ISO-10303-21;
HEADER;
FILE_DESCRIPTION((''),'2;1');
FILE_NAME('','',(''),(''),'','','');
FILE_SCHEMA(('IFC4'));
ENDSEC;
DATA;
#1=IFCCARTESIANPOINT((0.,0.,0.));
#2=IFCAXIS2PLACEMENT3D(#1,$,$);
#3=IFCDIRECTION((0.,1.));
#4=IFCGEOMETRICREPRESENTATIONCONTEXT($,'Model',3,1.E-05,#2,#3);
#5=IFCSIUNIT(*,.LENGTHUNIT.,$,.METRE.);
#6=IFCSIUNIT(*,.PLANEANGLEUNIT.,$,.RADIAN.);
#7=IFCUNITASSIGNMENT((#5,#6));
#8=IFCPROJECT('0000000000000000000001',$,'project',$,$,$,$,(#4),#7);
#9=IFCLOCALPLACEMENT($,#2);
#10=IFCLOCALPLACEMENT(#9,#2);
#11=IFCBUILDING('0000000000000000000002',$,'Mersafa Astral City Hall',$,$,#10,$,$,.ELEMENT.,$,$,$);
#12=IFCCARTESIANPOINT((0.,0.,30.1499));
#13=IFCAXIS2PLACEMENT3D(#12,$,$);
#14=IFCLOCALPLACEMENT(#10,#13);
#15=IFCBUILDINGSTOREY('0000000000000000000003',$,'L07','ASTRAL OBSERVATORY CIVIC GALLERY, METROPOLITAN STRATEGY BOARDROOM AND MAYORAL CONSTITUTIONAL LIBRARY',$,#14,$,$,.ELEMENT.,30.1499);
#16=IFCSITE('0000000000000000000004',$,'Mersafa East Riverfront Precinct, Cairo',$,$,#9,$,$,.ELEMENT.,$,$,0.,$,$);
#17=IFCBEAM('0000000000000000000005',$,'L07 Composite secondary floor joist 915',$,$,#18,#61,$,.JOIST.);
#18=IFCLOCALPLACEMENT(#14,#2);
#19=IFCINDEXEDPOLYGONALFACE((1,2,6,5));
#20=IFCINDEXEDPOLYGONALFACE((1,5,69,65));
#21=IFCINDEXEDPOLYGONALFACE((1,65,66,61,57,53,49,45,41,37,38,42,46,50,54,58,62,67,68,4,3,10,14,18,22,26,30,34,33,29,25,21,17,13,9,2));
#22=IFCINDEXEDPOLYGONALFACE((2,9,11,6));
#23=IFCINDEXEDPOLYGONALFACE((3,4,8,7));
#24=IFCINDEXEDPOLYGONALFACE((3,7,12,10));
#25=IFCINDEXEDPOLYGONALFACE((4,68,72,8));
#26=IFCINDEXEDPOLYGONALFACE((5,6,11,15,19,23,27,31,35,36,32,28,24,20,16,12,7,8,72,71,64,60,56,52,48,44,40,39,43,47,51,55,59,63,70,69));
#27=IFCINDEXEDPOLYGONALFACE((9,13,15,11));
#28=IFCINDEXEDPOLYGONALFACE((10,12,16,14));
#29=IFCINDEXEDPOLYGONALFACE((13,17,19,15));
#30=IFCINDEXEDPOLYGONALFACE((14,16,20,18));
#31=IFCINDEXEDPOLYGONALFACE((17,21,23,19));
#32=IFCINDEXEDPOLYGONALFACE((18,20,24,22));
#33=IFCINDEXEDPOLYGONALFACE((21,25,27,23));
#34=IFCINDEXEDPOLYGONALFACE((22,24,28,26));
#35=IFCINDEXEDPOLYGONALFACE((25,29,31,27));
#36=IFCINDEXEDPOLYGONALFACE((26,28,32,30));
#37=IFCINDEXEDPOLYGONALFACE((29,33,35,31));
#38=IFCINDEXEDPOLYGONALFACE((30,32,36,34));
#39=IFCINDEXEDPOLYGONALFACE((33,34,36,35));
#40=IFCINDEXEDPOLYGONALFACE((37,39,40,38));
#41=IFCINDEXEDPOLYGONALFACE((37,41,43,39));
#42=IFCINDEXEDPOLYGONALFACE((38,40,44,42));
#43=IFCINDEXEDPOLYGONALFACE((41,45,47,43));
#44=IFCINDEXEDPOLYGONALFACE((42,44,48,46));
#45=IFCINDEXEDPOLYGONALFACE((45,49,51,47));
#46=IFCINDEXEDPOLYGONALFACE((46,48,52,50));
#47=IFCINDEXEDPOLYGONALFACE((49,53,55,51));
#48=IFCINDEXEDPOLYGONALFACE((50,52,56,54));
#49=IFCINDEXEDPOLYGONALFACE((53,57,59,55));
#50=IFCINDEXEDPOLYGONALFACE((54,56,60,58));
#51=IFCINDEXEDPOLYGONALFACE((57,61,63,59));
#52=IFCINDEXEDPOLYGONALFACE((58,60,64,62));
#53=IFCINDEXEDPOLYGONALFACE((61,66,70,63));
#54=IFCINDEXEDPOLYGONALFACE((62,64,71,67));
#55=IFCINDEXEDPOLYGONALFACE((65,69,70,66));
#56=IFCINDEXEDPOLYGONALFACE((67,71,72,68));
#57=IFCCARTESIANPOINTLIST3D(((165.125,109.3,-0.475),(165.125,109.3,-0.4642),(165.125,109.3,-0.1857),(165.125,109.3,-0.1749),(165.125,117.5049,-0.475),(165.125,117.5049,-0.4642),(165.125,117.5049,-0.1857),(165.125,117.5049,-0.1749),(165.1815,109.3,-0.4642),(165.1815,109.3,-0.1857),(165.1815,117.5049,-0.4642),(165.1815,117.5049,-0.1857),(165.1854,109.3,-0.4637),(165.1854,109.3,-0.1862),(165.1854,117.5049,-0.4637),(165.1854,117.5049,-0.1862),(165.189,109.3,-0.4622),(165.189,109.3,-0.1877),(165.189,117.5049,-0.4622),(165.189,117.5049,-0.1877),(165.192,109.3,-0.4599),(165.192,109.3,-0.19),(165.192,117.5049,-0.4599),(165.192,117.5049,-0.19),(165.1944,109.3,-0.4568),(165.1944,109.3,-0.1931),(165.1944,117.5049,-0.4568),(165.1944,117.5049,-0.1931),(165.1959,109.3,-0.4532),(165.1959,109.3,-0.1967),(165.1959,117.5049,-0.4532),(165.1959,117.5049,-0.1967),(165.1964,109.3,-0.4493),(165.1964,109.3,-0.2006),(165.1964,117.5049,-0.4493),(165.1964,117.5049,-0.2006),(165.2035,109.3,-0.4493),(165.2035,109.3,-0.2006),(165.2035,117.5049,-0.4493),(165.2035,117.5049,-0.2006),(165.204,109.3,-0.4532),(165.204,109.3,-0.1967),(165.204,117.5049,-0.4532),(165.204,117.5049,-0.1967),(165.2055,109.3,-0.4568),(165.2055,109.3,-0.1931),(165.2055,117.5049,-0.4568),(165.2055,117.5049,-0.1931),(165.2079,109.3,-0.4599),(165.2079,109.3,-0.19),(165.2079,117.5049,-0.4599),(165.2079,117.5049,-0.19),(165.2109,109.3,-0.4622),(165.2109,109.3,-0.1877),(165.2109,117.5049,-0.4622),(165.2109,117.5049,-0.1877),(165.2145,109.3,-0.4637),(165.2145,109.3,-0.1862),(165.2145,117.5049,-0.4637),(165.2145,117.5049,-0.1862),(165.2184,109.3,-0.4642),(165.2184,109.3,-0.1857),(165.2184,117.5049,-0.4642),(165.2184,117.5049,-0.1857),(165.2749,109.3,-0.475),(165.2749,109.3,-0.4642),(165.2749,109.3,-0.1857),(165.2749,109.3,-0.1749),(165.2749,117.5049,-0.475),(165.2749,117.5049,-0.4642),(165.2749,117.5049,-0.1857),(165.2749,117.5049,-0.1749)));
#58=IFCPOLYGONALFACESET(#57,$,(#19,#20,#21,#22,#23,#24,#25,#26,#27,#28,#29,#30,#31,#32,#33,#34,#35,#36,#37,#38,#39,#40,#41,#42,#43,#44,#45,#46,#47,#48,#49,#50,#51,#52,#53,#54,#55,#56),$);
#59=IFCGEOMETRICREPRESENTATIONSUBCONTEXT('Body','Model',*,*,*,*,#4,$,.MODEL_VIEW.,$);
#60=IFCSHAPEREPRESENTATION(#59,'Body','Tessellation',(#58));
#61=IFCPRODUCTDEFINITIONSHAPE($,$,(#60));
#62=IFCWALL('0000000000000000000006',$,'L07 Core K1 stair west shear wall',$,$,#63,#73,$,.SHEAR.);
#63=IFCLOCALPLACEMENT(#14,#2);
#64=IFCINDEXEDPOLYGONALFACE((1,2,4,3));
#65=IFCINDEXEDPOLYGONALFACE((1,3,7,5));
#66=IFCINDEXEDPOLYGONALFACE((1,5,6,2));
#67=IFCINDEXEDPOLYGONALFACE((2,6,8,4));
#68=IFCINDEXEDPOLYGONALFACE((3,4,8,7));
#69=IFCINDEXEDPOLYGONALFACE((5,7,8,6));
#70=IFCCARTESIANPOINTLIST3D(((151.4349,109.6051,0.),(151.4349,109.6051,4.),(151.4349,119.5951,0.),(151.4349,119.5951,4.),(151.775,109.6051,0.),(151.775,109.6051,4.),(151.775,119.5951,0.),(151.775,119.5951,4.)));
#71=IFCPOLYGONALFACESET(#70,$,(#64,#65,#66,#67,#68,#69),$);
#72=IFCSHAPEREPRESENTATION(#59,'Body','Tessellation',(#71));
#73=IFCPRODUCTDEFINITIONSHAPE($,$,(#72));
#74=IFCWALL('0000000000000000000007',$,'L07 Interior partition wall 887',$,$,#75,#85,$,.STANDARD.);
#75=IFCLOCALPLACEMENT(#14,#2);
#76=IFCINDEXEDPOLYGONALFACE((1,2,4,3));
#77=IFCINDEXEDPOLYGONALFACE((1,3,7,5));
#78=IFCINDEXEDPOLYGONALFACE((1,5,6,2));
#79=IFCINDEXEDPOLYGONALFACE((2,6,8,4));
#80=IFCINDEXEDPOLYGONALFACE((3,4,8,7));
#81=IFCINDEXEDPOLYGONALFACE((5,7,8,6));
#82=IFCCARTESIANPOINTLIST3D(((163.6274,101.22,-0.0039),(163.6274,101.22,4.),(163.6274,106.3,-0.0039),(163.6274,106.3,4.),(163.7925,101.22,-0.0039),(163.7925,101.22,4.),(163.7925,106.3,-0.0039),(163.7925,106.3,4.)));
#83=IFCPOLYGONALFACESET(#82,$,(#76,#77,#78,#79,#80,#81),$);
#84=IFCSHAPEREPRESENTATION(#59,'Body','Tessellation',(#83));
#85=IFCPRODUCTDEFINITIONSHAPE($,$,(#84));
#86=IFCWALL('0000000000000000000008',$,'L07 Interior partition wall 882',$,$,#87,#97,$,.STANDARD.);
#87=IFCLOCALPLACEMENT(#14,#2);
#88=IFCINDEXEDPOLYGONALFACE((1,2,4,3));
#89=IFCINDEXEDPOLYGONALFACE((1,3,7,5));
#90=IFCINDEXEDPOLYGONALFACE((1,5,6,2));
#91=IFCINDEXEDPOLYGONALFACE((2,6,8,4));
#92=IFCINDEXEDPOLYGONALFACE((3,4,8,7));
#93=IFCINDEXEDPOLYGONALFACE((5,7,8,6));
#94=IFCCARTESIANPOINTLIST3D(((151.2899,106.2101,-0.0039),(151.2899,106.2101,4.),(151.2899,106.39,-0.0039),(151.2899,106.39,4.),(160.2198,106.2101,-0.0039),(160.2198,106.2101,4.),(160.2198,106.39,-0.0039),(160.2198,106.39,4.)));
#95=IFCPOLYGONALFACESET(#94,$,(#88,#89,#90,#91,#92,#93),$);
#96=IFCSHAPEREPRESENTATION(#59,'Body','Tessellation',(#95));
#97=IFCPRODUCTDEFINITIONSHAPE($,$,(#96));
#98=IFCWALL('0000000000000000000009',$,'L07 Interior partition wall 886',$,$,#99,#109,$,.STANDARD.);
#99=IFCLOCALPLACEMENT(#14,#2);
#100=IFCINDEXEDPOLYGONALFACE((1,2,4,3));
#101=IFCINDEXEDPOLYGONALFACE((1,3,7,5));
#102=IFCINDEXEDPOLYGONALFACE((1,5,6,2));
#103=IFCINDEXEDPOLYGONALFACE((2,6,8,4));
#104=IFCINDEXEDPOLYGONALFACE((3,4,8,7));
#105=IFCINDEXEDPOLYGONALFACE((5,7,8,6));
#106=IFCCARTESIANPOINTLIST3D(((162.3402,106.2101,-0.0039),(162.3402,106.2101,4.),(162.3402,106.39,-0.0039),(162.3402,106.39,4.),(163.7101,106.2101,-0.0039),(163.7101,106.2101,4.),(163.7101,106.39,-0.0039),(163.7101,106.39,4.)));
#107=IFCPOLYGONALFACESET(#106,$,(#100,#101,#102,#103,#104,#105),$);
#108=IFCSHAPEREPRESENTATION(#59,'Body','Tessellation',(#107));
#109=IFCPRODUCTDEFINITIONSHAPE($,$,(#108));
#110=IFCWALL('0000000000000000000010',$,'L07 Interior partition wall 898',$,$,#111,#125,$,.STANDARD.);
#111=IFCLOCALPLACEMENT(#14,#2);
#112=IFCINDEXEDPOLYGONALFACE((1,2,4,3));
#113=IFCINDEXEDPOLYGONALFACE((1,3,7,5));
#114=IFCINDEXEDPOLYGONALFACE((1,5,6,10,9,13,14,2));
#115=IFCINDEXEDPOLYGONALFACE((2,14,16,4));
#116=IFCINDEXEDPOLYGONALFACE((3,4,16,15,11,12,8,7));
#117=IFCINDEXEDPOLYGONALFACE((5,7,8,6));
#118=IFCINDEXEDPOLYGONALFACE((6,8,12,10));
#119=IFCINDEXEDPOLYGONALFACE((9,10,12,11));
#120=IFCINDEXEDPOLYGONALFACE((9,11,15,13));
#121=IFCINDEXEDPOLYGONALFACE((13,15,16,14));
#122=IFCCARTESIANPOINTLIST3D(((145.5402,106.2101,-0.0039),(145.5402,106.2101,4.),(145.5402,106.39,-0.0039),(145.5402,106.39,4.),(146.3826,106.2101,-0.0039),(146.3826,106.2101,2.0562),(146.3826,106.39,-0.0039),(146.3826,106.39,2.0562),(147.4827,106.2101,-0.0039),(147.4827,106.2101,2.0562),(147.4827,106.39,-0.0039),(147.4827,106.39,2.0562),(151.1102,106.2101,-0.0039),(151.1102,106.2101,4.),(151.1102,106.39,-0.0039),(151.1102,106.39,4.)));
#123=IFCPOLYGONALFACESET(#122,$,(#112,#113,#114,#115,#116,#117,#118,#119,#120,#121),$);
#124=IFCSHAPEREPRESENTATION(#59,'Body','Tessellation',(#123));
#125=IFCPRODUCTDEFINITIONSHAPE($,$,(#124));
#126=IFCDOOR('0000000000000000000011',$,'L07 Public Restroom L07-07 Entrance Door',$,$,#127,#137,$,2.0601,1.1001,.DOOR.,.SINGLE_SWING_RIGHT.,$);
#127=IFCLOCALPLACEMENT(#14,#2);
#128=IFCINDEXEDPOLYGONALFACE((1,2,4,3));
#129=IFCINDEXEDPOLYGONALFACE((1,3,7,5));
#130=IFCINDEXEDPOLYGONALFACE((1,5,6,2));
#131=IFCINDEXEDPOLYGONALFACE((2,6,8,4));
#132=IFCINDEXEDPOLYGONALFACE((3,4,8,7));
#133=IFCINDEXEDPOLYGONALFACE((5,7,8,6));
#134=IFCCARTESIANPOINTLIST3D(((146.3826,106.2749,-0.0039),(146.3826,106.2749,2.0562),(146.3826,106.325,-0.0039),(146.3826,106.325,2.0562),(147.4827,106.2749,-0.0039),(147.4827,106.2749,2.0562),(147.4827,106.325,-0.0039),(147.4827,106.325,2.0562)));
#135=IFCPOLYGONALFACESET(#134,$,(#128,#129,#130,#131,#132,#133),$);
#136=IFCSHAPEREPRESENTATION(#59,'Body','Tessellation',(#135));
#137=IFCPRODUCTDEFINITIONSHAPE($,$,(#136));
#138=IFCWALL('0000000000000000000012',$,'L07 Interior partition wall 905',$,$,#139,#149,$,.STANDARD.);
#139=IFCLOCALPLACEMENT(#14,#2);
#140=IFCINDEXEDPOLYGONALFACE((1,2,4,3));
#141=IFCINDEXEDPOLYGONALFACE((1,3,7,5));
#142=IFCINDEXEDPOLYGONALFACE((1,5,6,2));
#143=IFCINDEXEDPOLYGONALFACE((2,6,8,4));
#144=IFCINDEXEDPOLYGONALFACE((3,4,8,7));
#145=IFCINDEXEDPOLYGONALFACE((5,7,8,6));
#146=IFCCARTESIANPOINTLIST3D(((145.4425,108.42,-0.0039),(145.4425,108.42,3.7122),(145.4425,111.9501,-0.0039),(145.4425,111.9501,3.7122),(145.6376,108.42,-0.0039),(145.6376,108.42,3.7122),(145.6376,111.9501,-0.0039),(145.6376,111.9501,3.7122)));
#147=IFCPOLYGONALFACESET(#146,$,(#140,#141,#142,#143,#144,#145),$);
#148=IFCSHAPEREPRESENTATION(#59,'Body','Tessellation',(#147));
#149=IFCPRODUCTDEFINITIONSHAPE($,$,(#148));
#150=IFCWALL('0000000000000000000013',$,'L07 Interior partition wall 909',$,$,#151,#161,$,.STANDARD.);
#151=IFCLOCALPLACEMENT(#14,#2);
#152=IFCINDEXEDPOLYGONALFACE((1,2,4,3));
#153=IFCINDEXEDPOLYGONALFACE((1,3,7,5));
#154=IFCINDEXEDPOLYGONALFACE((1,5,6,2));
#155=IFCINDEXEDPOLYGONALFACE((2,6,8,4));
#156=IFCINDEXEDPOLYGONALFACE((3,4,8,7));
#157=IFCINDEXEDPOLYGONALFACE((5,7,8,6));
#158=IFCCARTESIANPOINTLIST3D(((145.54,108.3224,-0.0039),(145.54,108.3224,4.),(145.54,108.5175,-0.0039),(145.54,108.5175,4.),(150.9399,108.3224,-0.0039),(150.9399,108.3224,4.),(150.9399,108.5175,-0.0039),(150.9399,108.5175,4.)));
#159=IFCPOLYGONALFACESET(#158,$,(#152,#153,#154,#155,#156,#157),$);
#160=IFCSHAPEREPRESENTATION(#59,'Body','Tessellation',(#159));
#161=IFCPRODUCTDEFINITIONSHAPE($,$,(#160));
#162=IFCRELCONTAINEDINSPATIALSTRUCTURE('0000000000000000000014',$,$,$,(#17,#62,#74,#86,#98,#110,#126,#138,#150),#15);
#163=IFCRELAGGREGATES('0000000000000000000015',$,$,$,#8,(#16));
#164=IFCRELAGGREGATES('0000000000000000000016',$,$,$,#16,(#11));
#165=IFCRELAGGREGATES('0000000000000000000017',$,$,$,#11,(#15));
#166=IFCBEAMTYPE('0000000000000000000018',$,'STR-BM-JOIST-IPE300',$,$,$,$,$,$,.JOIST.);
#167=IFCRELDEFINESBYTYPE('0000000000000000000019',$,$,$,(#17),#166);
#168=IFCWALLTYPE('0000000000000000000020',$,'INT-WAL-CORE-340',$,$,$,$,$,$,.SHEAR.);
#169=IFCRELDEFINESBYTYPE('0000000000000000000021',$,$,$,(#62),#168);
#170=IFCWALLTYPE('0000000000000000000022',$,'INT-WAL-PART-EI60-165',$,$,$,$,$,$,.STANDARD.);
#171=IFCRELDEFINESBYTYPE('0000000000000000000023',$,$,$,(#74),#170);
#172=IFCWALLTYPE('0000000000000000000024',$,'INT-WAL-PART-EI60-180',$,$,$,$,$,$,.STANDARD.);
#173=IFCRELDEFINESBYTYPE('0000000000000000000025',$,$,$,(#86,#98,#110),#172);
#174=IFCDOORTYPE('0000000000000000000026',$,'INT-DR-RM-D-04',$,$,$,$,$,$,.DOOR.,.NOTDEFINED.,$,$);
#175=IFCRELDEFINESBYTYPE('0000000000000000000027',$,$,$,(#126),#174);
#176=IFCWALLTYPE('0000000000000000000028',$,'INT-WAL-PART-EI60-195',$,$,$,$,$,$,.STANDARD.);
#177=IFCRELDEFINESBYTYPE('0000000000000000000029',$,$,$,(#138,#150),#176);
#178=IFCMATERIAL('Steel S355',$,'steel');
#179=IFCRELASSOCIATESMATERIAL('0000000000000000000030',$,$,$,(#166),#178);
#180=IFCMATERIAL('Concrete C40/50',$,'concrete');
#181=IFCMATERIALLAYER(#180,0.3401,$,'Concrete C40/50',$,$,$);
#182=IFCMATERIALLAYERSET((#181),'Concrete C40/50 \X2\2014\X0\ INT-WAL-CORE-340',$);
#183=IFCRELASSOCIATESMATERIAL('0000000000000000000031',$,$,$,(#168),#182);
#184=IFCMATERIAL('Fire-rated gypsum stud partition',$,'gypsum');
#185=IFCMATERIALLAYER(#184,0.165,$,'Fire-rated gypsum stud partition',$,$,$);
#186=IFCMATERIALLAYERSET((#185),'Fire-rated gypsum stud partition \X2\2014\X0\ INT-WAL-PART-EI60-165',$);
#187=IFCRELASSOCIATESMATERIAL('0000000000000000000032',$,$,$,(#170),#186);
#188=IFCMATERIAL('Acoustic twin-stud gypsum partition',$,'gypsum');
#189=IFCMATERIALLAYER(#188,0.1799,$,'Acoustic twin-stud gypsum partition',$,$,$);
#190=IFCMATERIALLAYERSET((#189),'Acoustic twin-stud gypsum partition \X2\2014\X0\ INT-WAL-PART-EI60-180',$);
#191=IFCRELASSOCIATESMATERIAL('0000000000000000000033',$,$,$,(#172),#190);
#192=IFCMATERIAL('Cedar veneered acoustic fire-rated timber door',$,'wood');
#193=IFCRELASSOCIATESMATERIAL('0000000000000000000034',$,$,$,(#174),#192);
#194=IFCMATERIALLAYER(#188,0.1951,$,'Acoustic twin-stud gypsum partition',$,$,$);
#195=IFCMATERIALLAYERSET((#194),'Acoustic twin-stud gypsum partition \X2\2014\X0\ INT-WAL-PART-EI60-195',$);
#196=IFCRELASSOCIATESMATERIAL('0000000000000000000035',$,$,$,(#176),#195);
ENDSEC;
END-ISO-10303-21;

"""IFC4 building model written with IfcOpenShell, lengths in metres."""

from ifc_helpers import new_model, si_unit, direction, frame, frame_2d, origin, origin_2d, place, context, subcontext, project, spatial, rectangle, i_section, extrude, material, layer, layer_set, material_profile, profile_set, type_object, element, fill, save


model = new_model("IFC4")

# Units and contexts
model_context = context("Model", 3, precision=1e-05, world=origin(), true_north=direction((0.0, 1.0)))
body_context = subcontext(model_context, "Body", "Model", "MODEL_VIEW")
ifc_project = project(units=[si_unit("LENGTHUNIT", "METRE"), si_unit("PLANEANGLEUNIT", "RADIAN")], contexts=[model_context])

# Site, building, storey
site_placement = place(None, origin())
site = spatial("IfcSite", under=ifc_project, at=site_placement, Name="Mersafa East Riverfront Precinct, Cairo", CompositionType="ELEMENT", RefElevation=0.0)
building_placement = place(site_placement, origin())
building = spatial("IfcBuilding", under=site, at=building_placement, Name="Mersafa Astral City Hall", CompositionType="ELEMENT")
storey_placement = place(building_placement, frame((0.0, 0.0, 30.1499)))
storey = spatial("IfcBuildingStorey", under=building, at=storey_placement, Name="L07", Description="ASTRAL OBSERVATORY CIVIC GALLERY, METROPOLITAN STRATEGY BOARDROOM AND MAYORAL CONSTITUTIONAL LIBRARY", CompositionType="ELEMENT", Elevation=30.1499)

# Shared definitions
ifc_material_1 = material(Name="Steel S355", Category="steel")

# Beam
ifc_material_profile_1 = material_profile(ifc_material_1, i_section(OverallWidth=0.1499, OverallDepth=0.3, WebThickness=0.0071, FlangeThickness=0.0107, FilletRadius=0.0149, at=origin_2d()), Name="IPE 300")
ifc_profile_set_1 = profile_set([ifc_material_profile_1], Name="Steel S355")
beam_type_1 = type_object("IfcBeamType", Name="STR-BM-JOIST-IPE300", PredefinedType="JOIST", material=ifc_profile_set_1)
for number, where, z_axis, x_axis, name in (
    (1, (165.2, 109.3, -0.325), (0.0, 1.0, 0.0), (-1.0, 0.0, 0.0), "L07 Composite secondary floor joist 915"),
):
    element("IfcBeam", number, at=place(storey_placement, frame(where, z_axis=z_axis, x_axis=x_axis)), inside=storey, type_object=beam_type_1, Name=name, PredefinedType="JOIST", context=body_context, shape_type="SweptSolid", body=[
        extrude(i_section(OverallWidth=0.1499, OverallDepth=0.3, WebThickness=0.0071, FlangeThickness=0.0107, FilletRadius=0.0149, at=origin_2d()), origin(), (0.0, 0.0, 1.0), 8.2048),
    ])

# Walls
ifc_material_2 = material(Name="Concrete C40/50", Category="concrete")
ifc_layer_1 = layer(ifc_material_2, 0.3401, Name="Concrete C40/50")
ifc_layer_set_1 = layer_set([ifc_layer_1], Name="Concrete C40/50 — INT-WAL-CORE-340")
wall_type_1 = type_object("IfcWallType", Name="INT-WAL-CORE-340", PredefinedType="SHEAR", material=ifc_layer_set_1)
wall_1_placement = place(storey_placement, frame((151.605, 109.605, 0.0), z_axis=(0.0, 0.0, 1.0), x_axis=(0.0, 1.0, 0.0)))
element("IfcWall", 2, at=wall_1_placement, inside=storey, type_object=wall_type_1, Name="L07 Core K1 stair west shear wall", PredefinedType="SHEAR", context=body_context, shape_type="SweptSolid", body=[
    extrude(rectangle(XDim=9.99, YDim=0.3401, at=frame_2d((4.9951, 0.0))), origin(), (0.0, 0.0, 1.0), 4.0),
])
ifc_material_3 = material(Name="Fire-rated gypsum stud partition", Category="gypsum")
ifc_layer_2 = layer(ifc_material_3, 0.165, Name="Fire-rated gypsum stud partition")
ifc_layer_set_2 = layer_set([ifc_layer_2], Name="Fire-rated gypsum stud partition — INT-WAL-PART-EI60-165")
wall_type_2 = type_object("IfcWallType", Name="INT-WAL-PART-EI60-165", PredefinedType="STANDARD", material=ifc_layer_set_2)
wall_2_placement = place(storey_placement, frame((163.71, 106.3, -0.0039), z_axis=(0.0, 0.0, 1.0), x_axis=(0.0, -1.0, 0.0)))
element("IfcWall", 3, at=wall_2_placement, inside=storey, type_object=wall_type_2, Name="L07 Interior partition wall 887", PredefinedType="STANDARD", context=body_context, shape_type="SweptSolid", body=[
    extrude(rectangle(XDim=5.0801, YDim=0.165, at=frame_2d((2.54, 0.0))), origin(), (0.0, 0.0, 1.0), 4.0039),
])
ifc_material_4 = material(Name="Acoustic twin-stud gypsum partition", Category="gypsum")
ifc_layer_3 = layer(ifc_material_4, 0.1799, Name="Acoustic twin-stud gypsum partition")
ifc_layer_set_3 = layer_set([ifc_layer_3], Name="Acoustic twin-stud gypsum partition — INT-WAL-PART-EI60-180")
wall_type_3 = type_object("IfcWallType", Name="INT-WAL-PART-EI60-180", PredefinedType="STANDARD", material=ifc_layer_set_3)
wall_3_placement = place(storey_placement, frame((151.29, 106.3, -0.0039), z_axis=(0.0, 0.0, 1.0), x_axis=(1.0, 0.0, 0.0)))
element("IfcWall", 4, at=wall_3_placement, inside=storey, type_object=wall_type_3, Name="L07 Interior partition wall 882", PredefinedType="STANDARD", context=body_context, shape_type="SweptSolid", body=[
    extrude(rectangle(XDim=8.9299, YDim=0.1799, at=frame_2d((4.4648, 0.0))), origin(), (0.0, 0.0, 1.0), 4.0039),
])
wall_4_placement = place(storey_placement, frame((162.3401, 106.3, -0.0039), z_axis=(0.0, 0.0, 1.0), x_axis=(1.0, 0.0, 0.0)))
element("IfcWall", 5, at=wall_4_placement, inside=storey, type_object=wall_type_3, Name="L07 Interior partition wall 886", PredefinedType="STANDARD", context=body_context, shape_type="SweptSolid", body=[
    extrude(rectangle(XDim=1.3699, YDim=0.1799, at=frame_2d((0.6851, 0.0))), origin(), (0.0, 0.0, 1.0), 4.0039),
])

# Wall, opening, door
wall_5_placement = place(storey_placement, frame((145.54, 106.3, -0.0039), z_axis=(0.0, 0.0, 1.0), x_axis=(1.0, 0.0, 0.0)))
wall_5 = element("IfcWall", 6, at=wall_5_placement, inside=storey, type_object=wall_type_3, Name="L07 Interior partition wall 898", PredefinedType="STANDARD", context=body_context, shape_type="SweptSolid", body=[
    extrude(rectangle(XDim=5.5701, YDim=0.1799, at=frame_2d((2.7852, 0.0))), origin(), (0.0, 0.0, 1.0), 4.0039),
])
opening_1_placement = place(wall_5_placement, frame((0.8425, 0.0, 0.0)))
opening_1 = element("IfcOpeningElement", 7, at=opening_1_placement, cuts=wall_5, PredefinedType="OPENING", context=body_context, shape_type="SweptSolid", body=[
    extrude(rectangle(XDim=1.1001, YDim=2.0601, at=frame_2d((0.55, 1.03))), frame((0.0, 0.0999, 0.0), z_axis=(0.0, -1.0, 0.0), x_axis=(1.0, 0.0, 0.0)), (0.0, 0.0, 1.0), 0.2),
])
ifc_material_5 = material(Name="Cedar veneered acoustic fire-rated timber door", Category="wood")
door_type_1 = type_object("IfcDoorType", Name="INT-DR-RM-D-04", OperationType="NOTDEFINED", PredefinedType="DOOR", material=ifc_material_5)
door_1_placement = place(opening_1_placement, origin())
door_1 = element("IfcDoor", 8, at=door_1_placement, inside=storey, type_object=door_type_1, Name="L07 Public Restroom L07-07 Entrance Door", OperationType="SINGLE_SWING_RIGHT", OverallHeight=2.0601, OverallWidth=1.1001, PredefinedType="DOOR", context=body_context, shape_type="SweptSolid", body=[
    extrude(rectangle(XDim=1.1001, YDim=2.0601, at=frame_2d((0.55, 1.03))), frame((0.0, 0.0249, 0.0), z_axis=(0.0, -1.0, 0.0), x_axis=(1.0, 0.0, 0.0)), (0.0, 0.0, 1.0), 0.05),
])
fill(opening_1, door_1)

# Walls
ifc_layer_4 = layer(ifc_material_4, 0.1951, Name="Acoustic twin-stud gypsum partition")
ifc_layer_set_4 = layer_set([ifc_layer_4], Name="Acoustic twin-stud gypsum partition — INT-WAL-PART-EI60-195")
wall_type_4 = type_object("IfcWallType", Name="INT-WAL-PART-EI60-195", PredefinedType="STANDARD", material=ifc_layer_set_4)
wall_6_placement = place(storey_placement, frame((145.54, 108.4199, -0.0039), z_axis=(0.0, 0.0, 1.0), x_axis=(0.0, 1.0, 0.0)))
element("IfcWall", 9, at=wall_6_placement, inside=storey, type_object=wall_type_4, Name="L07 Interior partition wall 905", PredefinedType="STANDARD", context=body_context, shape_type="SweptSolid", body=[
    extrude(rectangle(XDim=3.53, YDim=0.1951, at=frame_2d((1.7651, 0.0))), origin(), (0.0, 0.0, 1.0), 3.7161),
])
wall_7_placement = place(storey_placement, frame((150.9399, 108.4199, -0.0039), z_axis=(0.0, 0.0, 1.0), x_axis=(-1.0, 0.0, 0.0)))
element("IfcWall", 10, at=wall_7_placement, inside=storey, type_object=wall_type_4, Name="L07 Interior partition wall 909", PredefinedType="STANDARD", context=body_context, shape_type="SweptSolid", body=[
    extrude(rectangle(XDim=5.3999, YDim=0.1951, at=frame_2d((2.7, 0.0))), origin(), (0.0, 0.0, 1.0), 4.0039),
])

save(model, "model.ifc")
